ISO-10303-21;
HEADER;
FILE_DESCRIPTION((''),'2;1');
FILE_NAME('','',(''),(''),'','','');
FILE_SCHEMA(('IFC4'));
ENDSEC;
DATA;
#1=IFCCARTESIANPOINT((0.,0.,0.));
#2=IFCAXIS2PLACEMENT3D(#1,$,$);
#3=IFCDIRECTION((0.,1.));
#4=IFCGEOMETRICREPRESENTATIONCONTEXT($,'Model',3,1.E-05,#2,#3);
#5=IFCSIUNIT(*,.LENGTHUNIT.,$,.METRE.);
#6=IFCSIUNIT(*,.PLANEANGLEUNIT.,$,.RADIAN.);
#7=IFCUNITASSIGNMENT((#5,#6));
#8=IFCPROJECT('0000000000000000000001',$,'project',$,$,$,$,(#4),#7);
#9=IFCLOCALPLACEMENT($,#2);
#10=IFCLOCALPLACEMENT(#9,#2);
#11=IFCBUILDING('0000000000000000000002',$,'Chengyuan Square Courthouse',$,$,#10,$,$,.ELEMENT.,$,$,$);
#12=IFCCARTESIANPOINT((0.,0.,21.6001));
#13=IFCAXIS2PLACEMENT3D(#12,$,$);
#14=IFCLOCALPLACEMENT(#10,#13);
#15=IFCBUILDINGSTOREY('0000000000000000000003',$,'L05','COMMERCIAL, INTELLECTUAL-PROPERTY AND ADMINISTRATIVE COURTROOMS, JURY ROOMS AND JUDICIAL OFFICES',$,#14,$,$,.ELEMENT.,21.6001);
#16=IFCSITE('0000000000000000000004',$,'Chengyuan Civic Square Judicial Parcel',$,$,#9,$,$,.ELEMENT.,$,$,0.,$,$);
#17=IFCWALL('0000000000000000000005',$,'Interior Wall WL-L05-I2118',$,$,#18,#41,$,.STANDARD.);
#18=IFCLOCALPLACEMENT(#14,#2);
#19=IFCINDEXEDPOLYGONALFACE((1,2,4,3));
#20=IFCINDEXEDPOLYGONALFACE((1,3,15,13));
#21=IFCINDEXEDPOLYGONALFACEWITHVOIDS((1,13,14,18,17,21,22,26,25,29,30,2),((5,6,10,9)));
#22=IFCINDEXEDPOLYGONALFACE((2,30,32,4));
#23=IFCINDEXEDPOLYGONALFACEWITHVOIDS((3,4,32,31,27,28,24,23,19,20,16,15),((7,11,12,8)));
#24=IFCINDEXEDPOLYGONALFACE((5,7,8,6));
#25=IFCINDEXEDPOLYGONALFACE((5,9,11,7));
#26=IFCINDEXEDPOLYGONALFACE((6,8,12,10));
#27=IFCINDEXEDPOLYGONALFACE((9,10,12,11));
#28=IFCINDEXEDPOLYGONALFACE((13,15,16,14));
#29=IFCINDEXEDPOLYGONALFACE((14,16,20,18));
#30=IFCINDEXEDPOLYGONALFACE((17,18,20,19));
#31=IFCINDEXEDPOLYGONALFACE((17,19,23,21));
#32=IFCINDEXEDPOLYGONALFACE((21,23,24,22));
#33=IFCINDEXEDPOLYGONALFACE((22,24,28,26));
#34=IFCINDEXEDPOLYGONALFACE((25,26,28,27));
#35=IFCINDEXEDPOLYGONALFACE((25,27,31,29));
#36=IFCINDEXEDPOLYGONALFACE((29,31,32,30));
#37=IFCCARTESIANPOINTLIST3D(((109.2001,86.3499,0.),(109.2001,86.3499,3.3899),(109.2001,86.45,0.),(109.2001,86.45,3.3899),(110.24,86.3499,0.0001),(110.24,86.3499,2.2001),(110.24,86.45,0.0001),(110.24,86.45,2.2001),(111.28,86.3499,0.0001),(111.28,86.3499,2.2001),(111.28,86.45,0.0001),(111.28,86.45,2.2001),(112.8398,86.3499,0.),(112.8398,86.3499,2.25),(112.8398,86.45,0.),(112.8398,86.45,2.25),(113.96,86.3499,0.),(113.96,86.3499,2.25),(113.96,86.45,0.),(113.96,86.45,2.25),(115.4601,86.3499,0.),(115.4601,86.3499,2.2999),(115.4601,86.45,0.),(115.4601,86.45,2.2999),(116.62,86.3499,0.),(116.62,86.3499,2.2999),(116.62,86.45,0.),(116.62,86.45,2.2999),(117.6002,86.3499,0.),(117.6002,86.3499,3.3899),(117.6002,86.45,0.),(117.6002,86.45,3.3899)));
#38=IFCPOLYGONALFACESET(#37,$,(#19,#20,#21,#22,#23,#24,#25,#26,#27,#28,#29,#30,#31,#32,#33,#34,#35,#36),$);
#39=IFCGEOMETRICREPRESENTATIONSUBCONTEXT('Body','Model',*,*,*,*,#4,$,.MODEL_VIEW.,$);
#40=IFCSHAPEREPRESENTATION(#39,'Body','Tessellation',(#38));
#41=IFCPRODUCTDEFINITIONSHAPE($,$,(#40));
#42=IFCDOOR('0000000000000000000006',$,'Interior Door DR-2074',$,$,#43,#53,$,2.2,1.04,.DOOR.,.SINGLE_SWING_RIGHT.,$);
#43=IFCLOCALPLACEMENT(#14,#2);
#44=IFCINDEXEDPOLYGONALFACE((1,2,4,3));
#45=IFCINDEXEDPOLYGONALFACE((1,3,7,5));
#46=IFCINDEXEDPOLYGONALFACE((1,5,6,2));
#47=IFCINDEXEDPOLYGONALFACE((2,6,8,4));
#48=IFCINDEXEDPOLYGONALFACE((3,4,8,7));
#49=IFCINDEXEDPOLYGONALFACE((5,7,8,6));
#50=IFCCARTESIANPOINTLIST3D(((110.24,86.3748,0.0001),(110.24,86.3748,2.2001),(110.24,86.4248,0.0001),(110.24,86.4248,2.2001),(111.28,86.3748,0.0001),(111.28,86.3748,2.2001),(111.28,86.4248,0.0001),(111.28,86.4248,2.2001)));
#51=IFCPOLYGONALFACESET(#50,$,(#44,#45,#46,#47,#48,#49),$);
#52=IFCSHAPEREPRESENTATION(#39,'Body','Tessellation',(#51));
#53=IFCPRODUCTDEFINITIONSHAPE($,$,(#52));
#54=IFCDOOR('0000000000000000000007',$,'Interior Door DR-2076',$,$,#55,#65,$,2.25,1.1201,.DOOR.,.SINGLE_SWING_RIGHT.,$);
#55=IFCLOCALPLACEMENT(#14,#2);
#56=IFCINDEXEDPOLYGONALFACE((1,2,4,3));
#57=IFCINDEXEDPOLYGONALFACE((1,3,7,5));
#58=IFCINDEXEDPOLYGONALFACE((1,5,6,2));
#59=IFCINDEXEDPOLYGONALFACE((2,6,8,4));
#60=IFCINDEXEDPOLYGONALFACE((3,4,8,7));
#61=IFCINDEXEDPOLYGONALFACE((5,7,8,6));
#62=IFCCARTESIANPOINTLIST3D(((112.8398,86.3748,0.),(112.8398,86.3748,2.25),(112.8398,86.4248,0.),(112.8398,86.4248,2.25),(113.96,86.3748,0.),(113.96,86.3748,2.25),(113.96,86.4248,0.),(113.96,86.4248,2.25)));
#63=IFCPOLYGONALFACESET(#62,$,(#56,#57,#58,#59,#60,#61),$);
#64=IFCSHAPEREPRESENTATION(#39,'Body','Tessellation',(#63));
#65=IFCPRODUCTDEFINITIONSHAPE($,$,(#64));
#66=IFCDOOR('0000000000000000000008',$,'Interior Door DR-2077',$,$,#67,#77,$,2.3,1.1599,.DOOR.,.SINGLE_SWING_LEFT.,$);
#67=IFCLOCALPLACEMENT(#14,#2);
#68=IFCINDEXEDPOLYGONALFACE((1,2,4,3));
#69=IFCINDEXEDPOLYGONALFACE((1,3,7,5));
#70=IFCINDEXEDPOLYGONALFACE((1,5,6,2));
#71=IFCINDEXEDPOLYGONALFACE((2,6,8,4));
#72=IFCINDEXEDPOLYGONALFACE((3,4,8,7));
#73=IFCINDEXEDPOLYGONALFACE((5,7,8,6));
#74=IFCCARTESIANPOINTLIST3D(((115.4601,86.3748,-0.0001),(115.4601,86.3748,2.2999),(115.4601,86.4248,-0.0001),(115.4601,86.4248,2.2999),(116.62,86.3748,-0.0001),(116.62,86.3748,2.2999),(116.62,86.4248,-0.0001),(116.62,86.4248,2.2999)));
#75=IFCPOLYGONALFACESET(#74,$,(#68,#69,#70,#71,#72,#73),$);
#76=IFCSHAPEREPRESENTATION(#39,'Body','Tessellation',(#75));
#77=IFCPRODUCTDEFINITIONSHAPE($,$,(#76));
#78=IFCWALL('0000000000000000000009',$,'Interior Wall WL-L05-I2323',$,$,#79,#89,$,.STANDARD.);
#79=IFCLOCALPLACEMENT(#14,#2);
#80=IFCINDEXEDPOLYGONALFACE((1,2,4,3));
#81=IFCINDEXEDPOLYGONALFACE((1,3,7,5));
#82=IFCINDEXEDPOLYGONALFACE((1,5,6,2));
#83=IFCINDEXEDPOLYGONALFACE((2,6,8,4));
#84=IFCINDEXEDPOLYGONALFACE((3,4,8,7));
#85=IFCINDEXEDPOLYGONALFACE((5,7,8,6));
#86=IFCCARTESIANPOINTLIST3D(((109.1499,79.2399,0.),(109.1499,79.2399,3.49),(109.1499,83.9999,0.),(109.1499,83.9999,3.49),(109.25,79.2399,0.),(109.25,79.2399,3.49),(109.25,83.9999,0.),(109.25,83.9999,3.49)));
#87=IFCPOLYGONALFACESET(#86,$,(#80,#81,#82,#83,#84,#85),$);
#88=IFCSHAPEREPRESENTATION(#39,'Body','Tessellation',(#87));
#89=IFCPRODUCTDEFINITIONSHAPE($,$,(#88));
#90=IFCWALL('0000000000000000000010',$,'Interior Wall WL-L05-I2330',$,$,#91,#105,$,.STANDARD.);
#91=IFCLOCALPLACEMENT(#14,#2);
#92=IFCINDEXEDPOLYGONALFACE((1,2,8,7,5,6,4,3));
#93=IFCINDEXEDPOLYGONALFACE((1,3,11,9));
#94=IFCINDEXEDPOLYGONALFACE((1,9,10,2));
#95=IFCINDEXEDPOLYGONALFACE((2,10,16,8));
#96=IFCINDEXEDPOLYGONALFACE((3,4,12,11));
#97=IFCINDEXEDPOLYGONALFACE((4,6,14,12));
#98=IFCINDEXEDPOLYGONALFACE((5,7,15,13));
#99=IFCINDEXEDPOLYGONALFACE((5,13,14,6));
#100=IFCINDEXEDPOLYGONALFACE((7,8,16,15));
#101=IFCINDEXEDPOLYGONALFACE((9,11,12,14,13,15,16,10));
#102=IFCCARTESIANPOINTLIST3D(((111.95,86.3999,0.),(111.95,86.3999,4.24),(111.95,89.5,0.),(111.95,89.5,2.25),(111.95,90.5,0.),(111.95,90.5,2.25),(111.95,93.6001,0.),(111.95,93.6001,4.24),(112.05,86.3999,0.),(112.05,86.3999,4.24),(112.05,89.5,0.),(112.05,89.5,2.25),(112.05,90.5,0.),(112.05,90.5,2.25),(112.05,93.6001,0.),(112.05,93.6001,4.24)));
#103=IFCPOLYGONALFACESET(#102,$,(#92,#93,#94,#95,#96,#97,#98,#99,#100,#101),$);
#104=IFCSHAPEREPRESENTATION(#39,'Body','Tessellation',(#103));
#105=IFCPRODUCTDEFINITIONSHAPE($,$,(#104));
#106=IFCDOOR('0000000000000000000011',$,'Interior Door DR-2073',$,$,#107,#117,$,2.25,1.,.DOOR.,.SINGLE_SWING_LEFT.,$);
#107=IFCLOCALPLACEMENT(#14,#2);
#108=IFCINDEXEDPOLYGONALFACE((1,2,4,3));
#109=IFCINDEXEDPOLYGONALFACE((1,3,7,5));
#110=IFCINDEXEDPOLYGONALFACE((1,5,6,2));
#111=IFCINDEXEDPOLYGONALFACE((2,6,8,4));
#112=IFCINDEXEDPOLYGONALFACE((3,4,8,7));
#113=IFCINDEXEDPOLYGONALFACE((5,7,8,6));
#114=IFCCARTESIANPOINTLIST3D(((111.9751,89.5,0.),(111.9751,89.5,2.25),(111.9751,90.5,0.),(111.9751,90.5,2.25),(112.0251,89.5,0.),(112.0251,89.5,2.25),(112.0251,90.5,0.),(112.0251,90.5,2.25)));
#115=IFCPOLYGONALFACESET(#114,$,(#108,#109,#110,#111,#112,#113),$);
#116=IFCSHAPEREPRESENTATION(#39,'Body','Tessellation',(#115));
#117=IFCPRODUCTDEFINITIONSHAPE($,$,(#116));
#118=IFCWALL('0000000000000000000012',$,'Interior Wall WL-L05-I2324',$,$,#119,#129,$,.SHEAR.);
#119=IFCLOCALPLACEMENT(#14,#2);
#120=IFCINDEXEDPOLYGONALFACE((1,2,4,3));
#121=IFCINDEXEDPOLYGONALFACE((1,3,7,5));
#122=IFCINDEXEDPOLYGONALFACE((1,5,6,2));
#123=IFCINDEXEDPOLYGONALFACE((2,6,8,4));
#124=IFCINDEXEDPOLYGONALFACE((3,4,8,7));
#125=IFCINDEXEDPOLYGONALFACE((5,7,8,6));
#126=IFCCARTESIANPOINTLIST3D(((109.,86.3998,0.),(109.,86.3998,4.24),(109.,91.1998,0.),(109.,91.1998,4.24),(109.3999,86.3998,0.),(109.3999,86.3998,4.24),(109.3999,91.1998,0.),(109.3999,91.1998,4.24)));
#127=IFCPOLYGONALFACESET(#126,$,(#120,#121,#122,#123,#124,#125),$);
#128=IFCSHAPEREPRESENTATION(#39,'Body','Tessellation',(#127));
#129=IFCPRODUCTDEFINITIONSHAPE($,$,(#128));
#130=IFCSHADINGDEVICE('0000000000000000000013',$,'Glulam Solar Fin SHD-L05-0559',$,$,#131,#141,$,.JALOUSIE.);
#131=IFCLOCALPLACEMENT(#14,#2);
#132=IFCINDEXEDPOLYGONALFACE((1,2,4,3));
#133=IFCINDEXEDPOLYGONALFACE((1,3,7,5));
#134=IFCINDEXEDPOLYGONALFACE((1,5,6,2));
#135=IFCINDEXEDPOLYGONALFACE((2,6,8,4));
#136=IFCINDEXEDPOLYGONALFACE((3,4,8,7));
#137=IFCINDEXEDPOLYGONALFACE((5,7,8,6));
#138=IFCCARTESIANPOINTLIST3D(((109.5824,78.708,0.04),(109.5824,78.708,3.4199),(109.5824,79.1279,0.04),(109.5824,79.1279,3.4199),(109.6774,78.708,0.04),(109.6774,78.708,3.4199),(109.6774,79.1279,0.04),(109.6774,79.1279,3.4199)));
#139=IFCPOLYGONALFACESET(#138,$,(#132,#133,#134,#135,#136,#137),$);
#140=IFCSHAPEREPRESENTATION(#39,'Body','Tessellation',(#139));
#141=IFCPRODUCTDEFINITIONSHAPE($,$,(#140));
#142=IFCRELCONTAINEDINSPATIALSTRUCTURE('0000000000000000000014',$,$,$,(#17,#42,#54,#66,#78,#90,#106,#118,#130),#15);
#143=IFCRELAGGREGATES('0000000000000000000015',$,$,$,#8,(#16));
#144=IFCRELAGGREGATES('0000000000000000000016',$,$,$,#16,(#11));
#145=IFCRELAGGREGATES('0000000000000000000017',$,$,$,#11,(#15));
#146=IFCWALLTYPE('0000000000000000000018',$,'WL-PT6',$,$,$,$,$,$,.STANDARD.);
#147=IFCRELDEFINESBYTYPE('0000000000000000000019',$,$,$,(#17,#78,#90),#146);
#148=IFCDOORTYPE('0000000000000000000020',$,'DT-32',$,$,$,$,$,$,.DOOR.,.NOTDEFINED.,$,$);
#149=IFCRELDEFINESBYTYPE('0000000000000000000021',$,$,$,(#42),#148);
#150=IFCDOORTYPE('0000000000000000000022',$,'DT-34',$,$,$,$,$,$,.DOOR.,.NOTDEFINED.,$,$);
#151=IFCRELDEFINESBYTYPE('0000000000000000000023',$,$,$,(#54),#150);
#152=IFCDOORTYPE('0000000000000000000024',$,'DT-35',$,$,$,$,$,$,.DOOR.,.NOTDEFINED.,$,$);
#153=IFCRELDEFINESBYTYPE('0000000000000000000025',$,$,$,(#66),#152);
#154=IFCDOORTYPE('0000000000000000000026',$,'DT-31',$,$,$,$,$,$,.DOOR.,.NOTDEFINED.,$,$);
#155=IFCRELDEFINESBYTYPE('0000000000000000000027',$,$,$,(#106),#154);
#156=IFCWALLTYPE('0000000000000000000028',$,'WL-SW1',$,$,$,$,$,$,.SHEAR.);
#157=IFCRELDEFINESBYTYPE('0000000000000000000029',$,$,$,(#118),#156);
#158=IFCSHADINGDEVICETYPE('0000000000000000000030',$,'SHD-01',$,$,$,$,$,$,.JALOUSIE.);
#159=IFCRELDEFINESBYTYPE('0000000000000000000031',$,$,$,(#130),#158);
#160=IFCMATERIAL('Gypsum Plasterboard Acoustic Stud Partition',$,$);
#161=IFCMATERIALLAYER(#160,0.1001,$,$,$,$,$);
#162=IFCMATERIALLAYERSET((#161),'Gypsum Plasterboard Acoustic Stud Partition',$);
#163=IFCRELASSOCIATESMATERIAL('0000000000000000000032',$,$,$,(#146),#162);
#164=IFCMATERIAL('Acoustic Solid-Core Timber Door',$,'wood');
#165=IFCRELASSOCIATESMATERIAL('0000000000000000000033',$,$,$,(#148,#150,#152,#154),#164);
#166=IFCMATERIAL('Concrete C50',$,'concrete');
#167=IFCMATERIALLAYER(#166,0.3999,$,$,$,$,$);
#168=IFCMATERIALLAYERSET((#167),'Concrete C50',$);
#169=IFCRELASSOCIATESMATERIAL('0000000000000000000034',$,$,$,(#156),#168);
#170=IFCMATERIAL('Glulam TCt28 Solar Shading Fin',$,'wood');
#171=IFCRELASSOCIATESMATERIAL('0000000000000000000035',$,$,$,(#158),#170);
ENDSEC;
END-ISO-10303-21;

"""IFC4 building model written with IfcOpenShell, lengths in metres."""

from ifc_helpers import new_model, si_unit, direction, frame, frame_2d, origin, origin_2d, place, context, subcontext, project, spatial, rectangle, extrude, material, layer, layer_set, type_object, element, fill, save


model = new_model("IFC4")

# Units and contexts
model_context = context("Model", 3, precision=1e-05, world=origin(), true_north=direction((0.0, 1.0)))
body_context = subcontext(model_context, "Body", "Model", "MODEL_VIEW")
ifc_project = project(units=[si_unit("LENGTHUNIT", "METRE"), si_unit("PLANEANGLEUNIT", "RADIAN")], contexts=[model_context])

# Site, building, storey
site_placement = place(None, origin())
site = spatial("IfcSite", under=ifc_project, at=site_placement, Name="Chengyuan Civic Square Judicial Parcel", CompositionType="ELEMENT", RefElevation=0.0)
building_placement = place(site_placement, origin())
building = spatial("IfcBuilding", under=site, at=building_placement, Name="Chengyuan Square Courthouse", CompositionType="ELEMENT")
storey_placement = place(building_placement, frame((0.0, 0.0, 21.6001)))
storey = spatial("IfcBuildingStorey", under=building, at=storey_placement, Name="L05", Description="COMMERCIAL, INTELLECTUAL-PROPERTY AND ADMINISTRATIVE COURTROOMS, JURY ROOMS AND JUDICIAL OFFICES", CompositionType="ELEMENT", Elevation=21.6001)

# Wall, openings, doors
ifc_material_1 = material(Name="Gypsum Plasterboard Acoustic Stud Partition")
ifc_layer_1 = layer(ifc_material_1, 0.1001)
ifc_layer_set_1 = layer_set([ifc_layer_1], Name="Gypsum Plasterboard Acoustic Stud Partition")
wall_type_1 = type_object("IfcWallType", Name="WL-PT6", PredefinedType="STANDARD", material=ifc_layer_set_1)
wall_1_placement = place(storey_placement, frame((109.2, 86.3999, 0.0), z_axis=(0.0, 0.0, 1.0), x_axis=(1.0, 0.0, 0.0)))
wall_1 = element("IfcWall", 1, at=wall_1_placement, inside=storey, type_object=wall_type_1, Name="Interior Wall WL-L05-I2118", PredefinedType="STANDARD", context=body_context, shape_type="SweptSolid", body=[
    extrude(rectangle(XDim=8.4001, YDim=0.1001, at=frame_2d((4.2002, 0.0))), origin(), (0.0, 0.0, 1.0), 3.3899),
])
opening_1_placement = place(wall_1_placement, frame((1.04, 0.0, 0.0)))
opening_1 = element("IfcOpeningElement", 2, at=opening_1_placement, cuts=wall_1, PredefinedType="OPENING", context=body_context, shape_type="SweptSolid", body=[
    extrude(rectangle(XDim=1.04, YDim=2.2, at=frame_2d((0.52, 1.1001))), frame((0.0, 0.062, 0.0), z_axis=(0.0, -1.0, 0.0), x_axis=(1.0, 0.0, 0.0)), (0.0, 0.0, 1.0), 0.124),
])
opening_2_placement = place(wall_1_placement, frame((3.6399, 0.0, 0.0)))
opening_2 = element("IfcOpeningElement", 3, at=opening_2_placement, cuts=wall_1, PredefinedType="OPENING", context=body_context, shape_type="SweptSolid", body=[
    extrude(rectangle(XDim=1.1201, YDim=2.25, at=frame_2d((0.5601, 1.125))), frame((0.0, 0.062, 0.0), z_axis=(0.0, -1.0, 0.0), x_axis=(1.0, 0.0, 0.0)), (0.0, 0.0, 1.0), 0.124),
])
opening_3_placement = place(wall_1_placement, frame((6.26, 0.0, 0.0)))
opening_3 = element("IfcOpeningElement", 4, at=opening_3_placement, cuts=wall_1, PredefinedType="OPENING", context=body_context, shape_type="SweptSolid", body=[
    extrude(rectangle(XDim=1.1599, YDim=2.3, at=frame_2d((0.5801, 1.1499))), frame((0.0, 0.062, 0.0), z_axis=(0.0, -1.0, 0.0), x_axis=(1.0, 0.0, 0.0)), (0.0, 0.0, 1.0), 0.124),
])
ifc_material_2 = material(Name="Acoustic Solid-Core Timber Door", Category="wood")
door_type_1 = type_object("IfcDoorType", Name="DT-32", OperationType="NOTDEFINED", PredefinedType="DOOR", material=ifc_material_2)
door_1_placement = place(opening_1_placement, origin())
door_1 = element("IfcDoor", 5, at=door_1_placement, inside=storey, type_object=door_type_1, Name="Interior Door DR-2074", OperationType="SINGLE_SWING_RIGHT", OverallHeight=2.2, OverallWidth=1.04, PredefinedType="DOOR", context=body_context, shape_type="SweptSolid", body=[
    extrude(rectangle(XDim=1.04, YDim=2.2, at=frame_2d((0.52, 1.1001))), frame((0.0, 0.0249, 0.0), z_axis=(0.0, -1.0, 0.0), x_axis=(1.0, 0.0, 0.0)), (0.0, 0.0, 1.0), 0.05),
])
fill(opening_1, door_1)
door_type_2 = type_object("IfcDoorType", Name="DT-34", OperationType="NOTDEFINED", PredefinedType="DOOR", material=ifc_material_2)
door_2_placement = place(opening_2_placement, origin())
door_2 = element("IfcDoor", 6, at=door_2_placement, inside=storey, type_object=door_type_2, Name="Interior Door DR-2076", OperationType="SINGLE_SWING_RIGHT", OverallHeight=2.25, OverallWidth=1.1201, PredefinedType="DOOR", context=body_context, shape_type="SweptSolid", body=[
    extrude(rectangle(XDim=1.1201, YDim=2.25, at=frame_2d((0.5601, 1.125))), frame((0.0, 0.0249, 0.0), z_axis=(0.0, -1.0, 0.0), x_axis=(1.0, 0.0, 0.0)), (0.0, 0.0, 1.0), 0.05),
])
fill(opening_2, door_2)
door_type_3 = type_object("IfcDoorType", Name="DT-35", OperationType="NOTDEFINED", PredefinedType="DOOR", material=ifc_material_2)
door_3_placement = place(opening_3_placement, origin())
door_3 = element("IfcDoor", 7, at=door_3_placement, inside=storey, type_object=door_type_3, Name="Interior Door DR-2077", OperationType="SINGLE_SWING_LEFT", OverallHeight=2.3, OverallWidth=1.1599, PredefinedType="DOOR", context=body_context, shape_type="SweptSolid", body=[
    extrude(rectangle(XDim=1.1599, YDim=2.3, at=frame_2d((0.5801, 1.1499))), frame((0.0, 0.0249, 0.0), z_axis=(0.0, -1.0, 0.0), x_axis=(1.0, 0.0, 0.0)), (0.0, 0.0, 1.0), 0.05),
])
fill(opening_3, door_3)

# Wall
wall_2_placement = place(storey_placement, frame((109.2, 79.24, 0.0), z_axis=(0.0, 0.0, 1.0), x_axis=(0.0, 1.0, 0.0)))
element("IfcWall", 8, at=wall_2_placement, inside=storey, type_object=wall_type_1, Name="Interior Wall WL-L05-I2323", PredefinedType="STANDARD", context=body_context, shape_type="SweptSolid", body=[
    extrude(rectangle(XDim=4.76, YDim=0.1001, at=frame_2d((2.3799, 0.0))), origin(), (0.0, 0.0, 1.0), 3.49),
])

# Wall, opening, door
wall_3_placement = place(storey_placement, frame((112.0, 86.3999, 0.0), z_axis=(0.0, 0.0, 1.0), x_axis=(0.0, 1.0, 0.0)))
wall_3 = element("IfcWall", 9, at=wall_3_placement, inside=storey, type_object=wall_type_1, Name="Interior Wall WL-L05-I2330", PredefinedType="STANDARD", context=body_context, shape_type="SweptSolid", body=[
    extrude(rectangle(XDim=7.2002, YDim=0.1001, at=frame_2d((3.6001, 0.0))), origin(), (0.0, 0.0, 1.0), 4.24),
])
opening_4_placement = place(wall_3_placement, frame((3.1001, 0.0, 0.0)))
opening_4 = element("IfcOpeningElement", 10, at=opening_4_placement, cuts=wall_3, PredefinedType="OPENING", context=body_context, shape_type="SweptSolid", body=[
    extrude(rectangle(XDim=1.0, YDim=2.25, at=frame_2d((0.5, 1.125))), frame((0.0, 0.062, 0.0), z_axis=(0.0, -1.0, 0.0), x_axis=(1.0, 0.0, 0.0)), (0.0, 0.0, 1.0), 0.124),
])
door_type_4 = type_object("IfcDoorType", Name="DT-31", OperationType="NOTDEFINED", PredefinedType="DOOR", material=ifc_material_2)
door_4_placement = place(opening_4_placement, origin())
door_4 = element("IfcDoor", 11, at=door_4_placement, inside=storey, type_object=door_type_4, Name="Interior Door DR-2073", OperationType="SINGLE_SWING_LEFT", OverallHeight=2.25, OverallWidth=1.0, PredefinedType="DOOR", context=body_context, shape_type="SweptSolid", body=[
    extrude(rectangle(XDim=1.0, YDim=2.25, at=frame_2d((0.5, 1.125))), frame((0.0, 0.0249, 0.0), z_axis=(0.0, -1.0, 0.0), x_axis=(1.0, 0.0, 0.0)), (0.0, 0.0, 1.0), 0.05),
])
fill(opening_4, door_4)

# Wall
ifc_material_3 = material(Name="Concrete C50", Category="concrete")
ifc_layer_2 = layer(ifc_material_3, 0.3999)
ifc_layer_set_2 = layer_set([ifc_layer_2], Name="Concrete C50")
wall_type_2 = type_object("IfcWallType", Name="WL-SW1", PredefinedType="SHEAR", material=ifc_layer_set_2)
wall_4_placement = place(storey_placement, frame((109.2, 86.3999, 0.0), z_axis=(0.0, 0.0, 1.0), x_axis=(0.0, 1.0, 0.0)))
element("IfcWall", 12, at=wall_4_placement, inside=storey, type_object=wall_type_2, Name="Interior Wall WL-L05-I2324", PredefinedType="SHEAR", context=body_context, shape_type="SweptSolid", body=[
    extrude(rectangle(XDim=4.8, YDim=0.3999, at=frame_2d((2.3999, 0.0))), origin(), (0.0, 0.0, 1.0), 4.24),
])

# Shading device
ifc_material_4 = material(Name="Glulam TCt28 Solar Shading Fin", Category="wood")
shading_device_type = type_object("IfcShadingDeviceType", Name="SHD-01", PredefinedType="JALOUSIE", material=ifc_material_4)
shading_device_placement = place(storey_placement, frame((109.6299, 78.918, 0.04), z_axis=(0.0, 0.0, 1.0), x_axis=(0.0, 1.0, 0.0)))
element("IfcShadingDevice", 13, at=shading_device_placement, inside=storey, type_object=shading_device_type, Name="Glulam Solar Fin SHD-L05-0559", PredefinedType="JALOUSIE", context=body_context, shape_type="SweptSolid", body=[
    extrude(rectangle(XDim=0.4199, YDim=0.095, at=origin_2d()), origin(), (0.0, 0.0, 1.0), 3.3799),
])

save(model, "model.ifc")
